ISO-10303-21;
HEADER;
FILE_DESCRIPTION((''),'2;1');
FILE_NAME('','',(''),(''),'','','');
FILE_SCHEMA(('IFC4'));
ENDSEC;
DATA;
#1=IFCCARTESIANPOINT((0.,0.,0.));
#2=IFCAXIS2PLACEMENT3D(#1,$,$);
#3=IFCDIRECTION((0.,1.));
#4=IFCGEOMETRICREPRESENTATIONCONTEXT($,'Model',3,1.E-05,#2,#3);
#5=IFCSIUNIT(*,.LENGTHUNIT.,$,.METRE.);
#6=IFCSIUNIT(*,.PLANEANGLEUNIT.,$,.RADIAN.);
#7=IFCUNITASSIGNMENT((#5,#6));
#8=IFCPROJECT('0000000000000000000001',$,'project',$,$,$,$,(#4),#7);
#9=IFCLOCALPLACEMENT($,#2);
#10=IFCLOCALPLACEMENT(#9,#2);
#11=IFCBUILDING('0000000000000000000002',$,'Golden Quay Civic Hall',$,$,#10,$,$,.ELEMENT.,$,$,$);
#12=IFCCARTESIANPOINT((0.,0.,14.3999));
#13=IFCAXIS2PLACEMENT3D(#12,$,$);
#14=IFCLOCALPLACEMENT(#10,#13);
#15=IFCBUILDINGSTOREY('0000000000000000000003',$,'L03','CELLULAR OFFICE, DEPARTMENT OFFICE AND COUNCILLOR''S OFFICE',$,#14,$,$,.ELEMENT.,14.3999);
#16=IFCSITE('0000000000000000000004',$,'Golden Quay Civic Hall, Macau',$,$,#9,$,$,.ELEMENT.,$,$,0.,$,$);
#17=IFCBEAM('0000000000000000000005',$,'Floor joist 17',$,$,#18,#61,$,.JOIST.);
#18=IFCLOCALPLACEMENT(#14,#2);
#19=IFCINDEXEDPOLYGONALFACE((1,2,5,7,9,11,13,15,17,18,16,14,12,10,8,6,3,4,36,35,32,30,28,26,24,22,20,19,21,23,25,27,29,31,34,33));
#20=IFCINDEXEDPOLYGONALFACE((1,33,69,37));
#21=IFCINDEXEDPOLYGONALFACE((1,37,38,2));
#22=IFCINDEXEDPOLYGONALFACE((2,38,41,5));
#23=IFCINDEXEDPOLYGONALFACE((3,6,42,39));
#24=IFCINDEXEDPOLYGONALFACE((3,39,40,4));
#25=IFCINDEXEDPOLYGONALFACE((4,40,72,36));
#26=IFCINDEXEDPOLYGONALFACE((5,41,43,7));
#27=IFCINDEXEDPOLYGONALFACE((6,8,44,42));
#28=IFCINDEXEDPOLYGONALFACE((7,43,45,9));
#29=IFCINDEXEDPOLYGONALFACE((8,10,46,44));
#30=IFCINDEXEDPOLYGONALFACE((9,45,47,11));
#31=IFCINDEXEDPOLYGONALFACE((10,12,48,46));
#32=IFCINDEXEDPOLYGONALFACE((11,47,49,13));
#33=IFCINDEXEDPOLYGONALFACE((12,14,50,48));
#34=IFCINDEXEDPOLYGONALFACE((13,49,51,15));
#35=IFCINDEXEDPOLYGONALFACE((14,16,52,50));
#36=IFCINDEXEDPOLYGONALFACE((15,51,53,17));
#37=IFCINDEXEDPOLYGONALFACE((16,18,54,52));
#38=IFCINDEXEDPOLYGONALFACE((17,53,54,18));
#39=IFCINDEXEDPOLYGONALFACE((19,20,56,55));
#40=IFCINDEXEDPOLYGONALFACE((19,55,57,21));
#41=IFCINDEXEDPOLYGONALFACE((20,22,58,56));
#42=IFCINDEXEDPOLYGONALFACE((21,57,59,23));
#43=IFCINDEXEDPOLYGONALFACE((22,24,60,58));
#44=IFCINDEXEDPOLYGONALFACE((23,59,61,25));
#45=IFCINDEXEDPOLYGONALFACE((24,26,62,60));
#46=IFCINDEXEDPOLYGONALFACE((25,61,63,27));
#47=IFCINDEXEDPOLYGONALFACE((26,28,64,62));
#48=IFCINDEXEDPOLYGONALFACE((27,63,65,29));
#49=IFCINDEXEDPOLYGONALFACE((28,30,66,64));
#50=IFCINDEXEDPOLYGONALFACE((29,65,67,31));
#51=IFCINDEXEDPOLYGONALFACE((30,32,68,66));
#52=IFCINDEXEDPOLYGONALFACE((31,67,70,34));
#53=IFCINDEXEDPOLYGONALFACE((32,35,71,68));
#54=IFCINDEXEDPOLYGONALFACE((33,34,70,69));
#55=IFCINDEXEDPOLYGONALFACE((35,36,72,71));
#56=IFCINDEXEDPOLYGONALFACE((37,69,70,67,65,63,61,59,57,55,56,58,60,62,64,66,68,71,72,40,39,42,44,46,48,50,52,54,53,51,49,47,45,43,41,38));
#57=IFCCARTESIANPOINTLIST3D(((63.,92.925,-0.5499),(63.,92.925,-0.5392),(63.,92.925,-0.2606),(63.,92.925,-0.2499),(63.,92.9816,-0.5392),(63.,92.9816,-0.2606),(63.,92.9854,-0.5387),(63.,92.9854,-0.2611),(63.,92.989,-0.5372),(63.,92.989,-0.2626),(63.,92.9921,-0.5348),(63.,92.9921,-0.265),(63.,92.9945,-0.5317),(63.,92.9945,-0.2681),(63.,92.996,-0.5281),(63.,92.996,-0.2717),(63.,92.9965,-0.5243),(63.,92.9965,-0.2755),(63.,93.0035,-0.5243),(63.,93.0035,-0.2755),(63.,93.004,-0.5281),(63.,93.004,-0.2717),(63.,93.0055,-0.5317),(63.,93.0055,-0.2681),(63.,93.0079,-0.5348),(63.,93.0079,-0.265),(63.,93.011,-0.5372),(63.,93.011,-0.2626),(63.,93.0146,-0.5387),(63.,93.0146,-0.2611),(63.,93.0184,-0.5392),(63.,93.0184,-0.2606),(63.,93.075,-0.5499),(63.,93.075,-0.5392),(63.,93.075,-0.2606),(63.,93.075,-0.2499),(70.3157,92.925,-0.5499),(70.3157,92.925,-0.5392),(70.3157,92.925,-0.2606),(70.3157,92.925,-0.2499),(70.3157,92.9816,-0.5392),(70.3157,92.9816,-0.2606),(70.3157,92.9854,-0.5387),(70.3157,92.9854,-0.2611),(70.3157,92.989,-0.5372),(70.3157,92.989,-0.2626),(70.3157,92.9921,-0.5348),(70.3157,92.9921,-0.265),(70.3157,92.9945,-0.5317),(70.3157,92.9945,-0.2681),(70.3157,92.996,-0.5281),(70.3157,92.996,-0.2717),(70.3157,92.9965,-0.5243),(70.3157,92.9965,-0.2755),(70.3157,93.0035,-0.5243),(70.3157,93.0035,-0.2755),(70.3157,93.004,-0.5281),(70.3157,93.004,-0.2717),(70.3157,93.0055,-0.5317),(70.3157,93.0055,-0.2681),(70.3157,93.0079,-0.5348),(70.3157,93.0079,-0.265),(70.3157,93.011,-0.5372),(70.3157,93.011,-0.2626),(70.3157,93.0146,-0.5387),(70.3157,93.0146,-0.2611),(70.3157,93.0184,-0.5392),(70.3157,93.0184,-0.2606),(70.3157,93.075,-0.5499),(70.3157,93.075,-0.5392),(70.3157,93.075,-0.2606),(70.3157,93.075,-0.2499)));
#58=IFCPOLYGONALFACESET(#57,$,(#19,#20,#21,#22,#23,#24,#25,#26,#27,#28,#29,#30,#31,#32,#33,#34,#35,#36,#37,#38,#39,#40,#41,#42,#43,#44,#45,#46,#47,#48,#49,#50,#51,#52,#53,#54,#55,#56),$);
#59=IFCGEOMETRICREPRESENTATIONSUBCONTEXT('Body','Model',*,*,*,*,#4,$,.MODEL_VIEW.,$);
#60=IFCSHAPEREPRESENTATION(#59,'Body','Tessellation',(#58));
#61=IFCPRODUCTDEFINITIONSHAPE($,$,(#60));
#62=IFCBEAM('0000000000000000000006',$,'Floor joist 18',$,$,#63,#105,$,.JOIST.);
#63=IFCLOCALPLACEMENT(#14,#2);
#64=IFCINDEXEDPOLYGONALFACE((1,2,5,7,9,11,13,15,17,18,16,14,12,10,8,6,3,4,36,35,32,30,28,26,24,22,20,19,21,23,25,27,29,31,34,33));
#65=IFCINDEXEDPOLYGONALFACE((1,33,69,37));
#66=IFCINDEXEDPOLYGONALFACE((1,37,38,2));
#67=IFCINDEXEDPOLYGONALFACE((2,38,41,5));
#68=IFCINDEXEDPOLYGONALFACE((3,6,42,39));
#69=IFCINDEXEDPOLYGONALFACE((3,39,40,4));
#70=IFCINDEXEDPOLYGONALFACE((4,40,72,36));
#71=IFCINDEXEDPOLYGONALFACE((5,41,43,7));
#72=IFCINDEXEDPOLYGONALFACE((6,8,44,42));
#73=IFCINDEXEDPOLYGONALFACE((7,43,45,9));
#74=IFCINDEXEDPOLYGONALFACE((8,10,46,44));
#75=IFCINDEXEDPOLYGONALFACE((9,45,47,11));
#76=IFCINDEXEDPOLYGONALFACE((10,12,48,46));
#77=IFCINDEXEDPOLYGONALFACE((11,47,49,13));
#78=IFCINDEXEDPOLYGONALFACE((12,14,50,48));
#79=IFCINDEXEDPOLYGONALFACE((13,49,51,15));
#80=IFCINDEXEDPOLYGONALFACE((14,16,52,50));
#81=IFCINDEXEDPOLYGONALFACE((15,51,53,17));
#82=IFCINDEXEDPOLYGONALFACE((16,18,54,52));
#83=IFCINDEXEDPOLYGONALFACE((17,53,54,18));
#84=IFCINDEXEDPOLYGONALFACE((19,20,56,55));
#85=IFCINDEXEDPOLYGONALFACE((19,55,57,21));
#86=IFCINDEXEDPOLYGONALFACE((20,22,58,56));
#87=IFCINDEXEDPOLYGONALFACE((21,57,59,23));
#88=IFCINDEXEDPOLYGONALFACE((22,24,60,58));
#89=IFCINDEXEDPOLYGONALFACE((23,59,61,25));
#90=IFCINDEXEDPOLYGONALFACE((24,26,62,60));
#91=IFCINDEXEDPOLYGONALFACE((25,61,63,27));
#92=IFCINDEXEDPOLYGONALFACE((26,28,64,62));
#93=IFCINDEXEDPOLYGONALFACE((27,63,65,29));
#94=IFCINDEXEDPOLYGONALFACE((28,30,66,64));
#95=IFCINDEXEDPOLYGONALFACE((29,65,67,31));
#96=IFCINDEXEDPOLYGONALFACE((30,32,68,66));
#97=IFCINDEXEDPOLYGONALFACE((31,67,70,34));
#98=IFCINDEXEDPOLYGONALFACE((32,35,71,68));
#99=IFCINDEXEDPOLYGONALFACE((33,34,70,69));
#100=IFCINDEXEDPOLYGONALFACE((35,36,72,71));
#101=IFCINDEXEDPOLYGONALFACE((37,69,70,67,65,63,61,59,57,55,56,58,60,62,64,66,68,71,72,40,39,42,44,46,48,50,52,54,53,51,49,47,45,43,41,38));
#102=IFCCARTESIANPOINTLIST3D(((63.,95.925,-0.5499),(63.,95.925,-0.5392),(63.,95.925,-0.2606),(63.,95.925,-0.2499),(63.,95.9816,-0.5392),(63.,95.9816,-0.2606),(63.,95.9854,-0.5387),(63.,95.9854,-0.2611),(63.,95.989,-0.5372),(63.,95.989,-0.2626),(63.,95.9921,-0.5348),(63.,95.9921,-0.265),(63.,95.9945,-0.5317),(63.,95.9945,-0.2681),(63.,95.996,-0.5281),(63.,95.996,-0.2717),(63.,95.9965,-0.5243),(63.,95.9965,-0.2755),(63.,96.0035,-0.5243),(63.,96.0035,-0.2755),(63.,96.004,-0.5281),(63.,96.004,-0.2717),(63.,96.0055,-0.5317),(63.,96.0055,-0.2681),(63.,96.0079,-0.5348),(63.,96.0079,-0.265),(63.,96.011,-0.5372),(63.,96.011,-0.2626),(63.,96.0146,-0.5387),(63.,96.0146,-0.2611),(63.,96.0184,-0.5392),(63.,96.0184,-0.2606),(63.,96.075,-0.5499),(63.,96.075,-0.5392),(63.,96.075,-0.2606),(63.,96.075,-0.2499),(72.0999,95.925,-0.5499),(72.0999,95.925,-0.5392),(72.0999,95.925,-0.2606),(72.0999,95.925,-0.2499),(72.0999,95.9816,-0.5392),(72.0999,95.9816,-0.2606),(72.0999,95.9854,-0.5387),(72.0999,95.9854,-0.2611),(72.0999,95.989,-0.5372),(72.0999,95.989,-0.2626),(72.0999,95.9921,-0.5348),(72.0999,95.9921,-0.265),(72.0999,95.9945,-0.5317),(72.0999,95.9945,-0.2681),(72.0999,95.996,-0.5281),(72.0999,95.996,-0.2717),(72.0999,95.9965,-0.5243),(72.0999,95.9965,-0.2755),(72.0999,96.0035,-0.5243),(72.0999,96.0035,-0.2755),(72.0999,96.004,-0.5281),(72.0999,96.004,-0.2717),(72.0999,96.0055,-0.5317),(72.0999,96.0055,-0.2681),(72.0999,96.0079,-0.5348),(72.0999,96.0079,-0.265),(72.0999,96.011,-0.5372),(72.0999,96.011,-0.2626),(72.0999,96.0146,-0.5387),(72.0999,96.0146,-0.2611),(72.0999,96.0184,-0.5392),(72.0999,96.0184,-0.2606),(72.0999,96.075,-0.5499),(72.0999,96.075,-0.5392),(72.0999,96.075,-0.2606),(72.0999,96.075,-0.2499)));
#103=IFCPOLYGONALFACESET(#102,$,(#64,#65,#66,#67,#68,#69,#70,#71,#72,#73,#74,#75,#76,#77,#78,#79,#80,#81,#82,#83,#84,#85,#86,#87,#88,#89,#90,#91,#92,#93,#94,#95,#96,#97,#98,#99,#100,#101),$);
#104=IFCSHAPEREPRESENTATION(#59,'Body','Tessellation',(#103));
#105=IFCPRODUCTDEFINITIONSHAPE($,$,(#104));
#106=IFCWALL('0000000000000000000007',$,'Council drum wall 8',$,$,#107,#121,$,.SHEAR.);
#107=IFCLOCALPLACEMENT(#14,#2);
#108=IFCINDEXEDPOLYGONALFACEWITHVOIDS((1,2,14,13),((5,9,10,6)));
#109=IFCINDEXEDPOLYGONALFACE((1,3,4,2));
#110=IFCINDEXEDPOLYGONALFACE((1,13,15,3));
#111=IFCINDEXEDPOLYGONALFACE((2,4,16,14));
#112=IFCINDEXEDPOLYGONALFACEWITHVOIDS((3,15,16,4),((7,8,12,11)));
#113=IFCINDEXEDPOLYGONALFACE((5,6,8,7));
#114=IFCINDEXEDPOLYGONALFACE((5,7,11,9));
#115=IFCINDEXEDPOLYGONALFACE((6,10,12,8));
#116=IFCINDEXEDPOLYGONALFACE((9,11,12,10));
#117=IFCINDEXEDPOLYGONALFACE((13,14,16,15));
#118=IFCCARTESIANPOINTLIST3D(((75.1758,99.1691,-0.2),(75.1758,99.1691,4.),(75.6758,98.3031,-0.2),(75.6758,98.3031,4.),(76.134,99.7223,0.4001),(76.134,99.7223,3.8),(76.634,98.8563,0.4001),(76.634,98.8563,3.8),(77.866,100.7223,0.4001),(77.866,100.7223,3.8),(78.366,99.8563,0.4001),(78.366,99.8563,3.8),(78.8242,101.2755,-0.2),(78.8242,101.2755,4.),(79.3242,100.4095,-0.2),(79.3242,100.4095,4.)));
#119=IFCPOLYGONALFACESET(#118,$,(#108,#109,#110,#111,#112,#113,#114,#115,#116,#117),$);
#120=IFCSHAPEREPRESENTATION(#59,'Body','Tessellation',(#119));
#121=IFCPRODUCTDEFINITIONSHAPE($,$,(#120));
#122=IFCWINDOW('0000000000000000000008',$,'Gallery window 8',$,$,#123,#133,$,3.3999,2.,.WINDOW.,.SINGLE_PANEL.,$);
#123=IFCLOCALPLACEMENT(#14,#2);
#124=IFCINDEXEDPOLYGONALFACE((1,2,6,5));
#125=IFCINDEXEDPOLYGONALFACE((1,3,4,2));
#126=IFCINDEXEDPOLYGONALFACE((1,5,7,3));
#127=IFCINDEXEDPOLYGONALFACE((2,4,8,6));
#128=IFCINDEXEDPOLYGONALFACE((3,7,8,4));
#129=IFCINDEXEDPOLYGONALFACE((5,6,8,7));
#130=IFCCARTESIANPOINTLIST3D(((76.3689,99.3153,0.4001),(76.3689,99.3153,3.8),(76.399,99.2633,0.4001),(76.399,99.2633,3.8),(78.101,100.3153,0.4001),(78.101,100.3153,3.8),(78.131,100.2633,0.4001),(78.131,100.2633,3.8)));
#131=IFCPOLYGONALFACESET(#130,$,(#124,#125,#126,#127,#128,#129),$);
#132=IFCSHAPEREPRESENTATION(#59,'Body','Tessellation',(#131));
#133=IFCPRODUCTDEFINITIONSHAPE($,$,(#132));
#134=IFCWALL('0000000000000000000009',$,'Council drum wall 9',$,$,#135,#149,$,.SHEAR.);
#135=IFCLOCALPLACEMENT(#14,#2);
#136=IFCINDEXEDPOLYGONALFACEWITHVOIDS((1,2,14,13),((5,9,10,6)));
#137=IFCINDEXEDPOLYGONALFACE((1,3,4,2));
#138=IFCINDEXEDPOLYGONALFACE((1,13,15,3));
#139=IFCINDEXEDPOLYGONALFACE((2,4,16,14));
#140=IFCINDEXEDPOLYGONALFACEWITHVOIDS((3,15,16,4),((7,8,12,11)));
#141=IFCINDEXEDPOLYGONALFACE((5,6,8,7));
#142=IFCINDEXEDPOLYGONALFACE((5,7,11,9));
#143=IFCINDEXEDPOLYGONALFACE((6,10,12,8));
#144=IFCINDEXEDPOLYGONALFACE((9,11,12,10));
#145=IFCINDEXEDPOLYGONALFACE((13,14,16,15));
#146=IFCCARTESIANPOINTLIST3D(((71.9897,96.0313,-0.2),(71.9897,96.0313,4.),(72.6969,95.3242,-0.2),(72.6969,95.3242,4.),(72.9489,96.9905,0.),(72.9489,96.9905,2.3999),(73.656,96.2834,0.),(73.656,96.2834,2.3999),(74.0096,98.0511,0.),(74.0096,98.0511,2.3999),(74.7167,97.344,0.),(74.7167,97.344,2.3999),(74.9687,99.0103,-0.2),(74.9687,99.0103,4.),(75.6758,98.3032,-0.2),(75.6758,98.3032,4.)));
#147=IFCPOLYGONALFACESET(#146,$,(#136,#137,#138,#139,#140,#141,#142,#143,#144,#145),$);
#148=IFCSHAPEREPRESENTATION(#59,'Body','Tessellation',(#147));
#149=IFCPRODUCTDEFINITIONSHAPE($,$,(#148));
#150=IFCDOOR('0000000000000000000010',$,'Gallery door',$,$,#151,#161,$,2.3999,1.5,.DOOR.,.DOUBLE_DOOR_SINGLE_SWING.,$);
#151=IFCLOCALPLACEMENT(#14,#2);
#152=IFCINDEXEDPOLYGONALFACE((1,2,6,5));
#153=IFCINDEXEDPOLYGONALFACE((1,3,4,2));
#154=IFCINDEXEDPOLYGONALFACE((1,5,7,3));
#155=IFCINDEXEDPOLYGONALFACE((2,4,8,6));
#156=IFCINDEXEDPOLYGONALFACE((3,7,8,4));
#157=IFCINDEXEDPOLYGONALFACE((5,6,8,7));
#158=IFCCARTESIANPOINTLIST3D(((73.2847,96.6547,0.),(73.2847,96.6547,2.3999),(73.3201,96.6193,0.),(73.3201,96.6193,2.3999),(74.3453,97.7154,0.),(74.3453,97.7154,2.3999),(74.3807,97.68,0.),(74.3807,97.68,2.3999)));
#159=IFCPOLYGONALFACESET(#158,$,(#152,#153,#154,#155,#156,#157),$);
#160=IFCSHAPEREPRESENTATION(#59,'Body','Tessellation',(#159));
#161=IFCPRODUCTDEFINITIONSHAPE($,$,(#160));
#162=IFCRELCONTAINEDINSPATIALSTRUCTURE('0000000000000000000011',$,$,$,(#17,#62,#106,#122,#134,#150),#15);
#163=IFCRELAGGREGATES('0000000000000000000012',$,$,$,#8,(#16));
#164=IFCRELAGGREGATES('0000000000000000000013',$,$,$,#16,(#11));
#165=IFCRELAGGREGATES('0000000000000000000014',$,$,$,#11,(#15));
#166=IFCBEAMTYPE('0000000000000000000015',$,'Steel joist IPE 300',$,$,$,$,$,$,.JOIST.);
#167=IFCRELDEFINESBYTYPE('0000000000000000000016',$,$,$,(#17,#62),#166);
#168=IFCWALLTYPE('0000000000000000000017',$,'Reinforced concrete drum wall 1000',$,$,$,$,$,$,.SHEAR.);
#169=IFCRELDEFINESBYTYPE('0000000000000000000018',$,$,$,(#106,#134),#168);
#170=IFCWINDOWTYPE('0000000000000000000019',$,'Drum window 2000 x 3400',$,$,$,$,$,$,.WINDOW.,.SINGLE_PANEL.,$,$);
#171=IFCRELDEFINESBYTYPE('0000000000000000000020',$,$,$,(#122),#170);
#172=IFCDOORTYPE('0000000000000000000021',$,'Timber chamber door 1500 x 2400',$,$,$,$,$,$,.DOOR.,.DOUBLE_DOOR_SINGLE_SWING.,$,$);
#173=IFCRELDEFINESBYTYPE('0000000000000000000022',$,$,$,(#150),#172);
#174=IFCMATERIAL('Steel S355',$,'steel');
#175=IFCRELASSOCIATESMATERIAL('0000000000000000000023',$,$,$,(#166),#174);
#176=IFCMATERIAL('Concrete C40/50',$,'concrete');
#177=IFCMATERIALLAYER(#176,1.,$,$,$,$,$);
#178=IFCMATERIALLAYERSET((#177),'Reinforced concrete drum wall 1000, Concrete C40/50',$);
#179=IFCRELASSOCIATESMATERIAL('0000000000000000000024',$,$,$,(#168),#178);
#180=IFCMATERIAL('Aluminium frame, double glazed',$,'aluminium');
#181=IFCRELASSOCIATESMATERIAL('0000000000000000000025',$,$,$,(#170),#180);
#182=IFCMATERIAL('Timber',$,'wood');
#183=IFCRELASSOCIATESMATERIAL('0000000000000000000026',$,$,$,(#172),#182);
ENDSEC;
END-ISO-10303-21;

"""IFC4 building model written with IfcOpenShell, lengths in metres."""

from ifc_helpers import new_model, si_unit, direction, frame, frame_2d, origin, origin_2d, place, context, subcontext, project, spatial, rectangle, i_section, extrude, material, layer, layer_set, material_profile, profile_set, type_object, element, fill, save


model = new_model("IFC4")

# Units and contexts
model_context = context("Model", 3, precision=1e-05, world=origin(), true_north=direction((0.0, 1.0)))
body_context = subcontext(model_context, "Body", "Model", "MODEL_VIEW")
ifc_project = project(units=[si_unit("LENGTHUNIT", "METRE"), si_unit("PLANEANGLEUNIT", "RADIAN")], contexts=[model_context])

# Site, building, storey
site_placement = place(None, origin())
site = spatial("IfcSite", under=ifc_project, at=site_placement, Name="Golden Quay Civic Hall, Macau", CompositionType="ELEMENT", RefElevation=0.0)
building_placement = place(site_placement, origin())
building = spatial("IfcBuilding", under=site, at=building_placement, Name="Golden Quay Civic Hall", CompositionType="ELEMENT")
storey_placement = place(building_placement, frame((0.0, 0.0, 14.3999)))
storey = spatial("IfcBuildingStorey", under=building, at=storey_placement, Name="L03", Description="CELLULAR OFFICE, DEPARTMENT OFFICE AND COUNCILLOR'S OFFICE", CompositionType="ELEMENT", Elevation=14.3999)

# Beams
ifc_material_1 = material(Name="Steel S355", Category="steel")
ifc_material_profile_1 = material_profile(ifc_material_1, i_section(OverallWidth=0.1499, OverallDepth=0.3, WebThickness=0.0071, FlangeThickness=0.0107, FilletRadius=0.0149, at=origin_2d()), Name="IPE 300")
ifc_profile_set_1 = profile_set([ifc_material_profile_1], Name="Steel S355")
beam_type_1 = type_object("IfcBeamType", Name="Steel joist IPE 300", PredefinedType="JOIST", material=ifc_profile_set_1)
beam_1_placement = place(storey_placement, frame((63.0, 93.0, -0.3999), z_axis=(1.0, 0.0, 0.0), x_axis=(0.0, 1.0, 0.0)))
element("IfcBeam", 1, at=beam_1_placement, inside=storey, type_object=beam_type_1, Name="Floor joist 17", PredefinedType="JOIST", context=body_context, shape_type="SweptSolid", body=[
    extrude(i_section(OverallWidth=0.1499, OverallDepth=0.3, WebThickness=0.0071, FlangeThickness=0.0107, FilletRadius=0.0149, at=origin_2d()), origin(), (0.0, 0.0, 1.0), 7.3157),
])
beam_2_placement = place(storey_placement, frame((63.0, 96.0, -0.3999), z_axis=(1.0, 0.0, 0.0), x_axis=(0.0, 1.0, 0.0)))
element("IfcBeam", 2, at=beam_2_placement, inside=storey, type_object=beam_type_1, Name="Floor joist 18", PredefinedType="JOIST", context=body_context, shape_type="SweptSolid", body=[
    extrude(i_section(OverallWidth=0.1499, OverallDepth=0.3, WebThickness=0.0071, FlangeThickness=0.0107, FilletRadius=0.0149, at=origin_2d()), origin(), (0.0, 0.0, 1.0), 9.0999),
])

# Wall, opening, window
ifc_material_2 = material(Name="Concrete C40/50", Category="concrete")
ifc_layer_1 = layer(ifc_material_2, 1.0)
ifc_layer_set_1 = layer_set([ifc_layer_1], Name="Reinforced concrete drum wall 1000, Concrete C40/50")
wall_type_1 = type_object("IfcWallType", Name="Reinforced concrete drum wall 1000", PredefinedType="SHEAR", material=ifc_layer_set_1)
wall_1_placement = place(storey_placement, frame((79.0742, 100.8425, -0.2), z_axis=(0.0, 0.0, 1.0), x_axis=(-0.866023, -0.500003, 0.0)))
wall_1 = element("IfcWall", 3, at=wall_1_placement, inside=storey, type_object=wall_type_1, Name="Council drum wall 8", PredefinedType="SHEAR", context=body_context, shape_type="SweptSolid", body=[
    extrude(rectangle(XDim=4.2129, YDim=1.0, at=frame_2d((2.1064, 0.0))), origin(), (0.0, 0.0, 1.0), 4.2),
])
opening_1_placement = place(wall_1_placement, frame((1.1064, 0.0, 0.6001)))
opening_1 = element("IfcOpeningElement", 4, at=opening_1_placement, cuts=wall_1, PredefinedType="OPENING", context=body_context, shape_type="SweptSolid", body=[
    extrude(rectangle(XDim=2.0, YDim=3.3999, at=frame_2d((1.0, 1.7))), frame((0.0, 0.51, 0.0), z_axis=(0.0, -1.0, 0.0), x_axis=(1.0, 0.0, 0.0)), (0.0, 0.0, 1.0), 1.02),
])
ifc_material_3 = material(Name="Aluminium frame, double glazed", Category="aluminium")
window_type = type_object("IfcWindowType", Name="Drum window 2000 x 3400", PartitioningType="SINGLE_PANEL", PredefinedType="WINDOW", material=ifc_material_3)
window_1_placement = place(opening_1_placement, origin())
window_1 = element("IfcWindow", 5, at=window_1_placement, inside=storey, type_object=window_type, Name="Gallery window 8", OverallHeight=3.3999, OverallWidth=2.0, PartitioningType="SINGLE_PANEL", PredefinedType="WINDOW", context=body_context, shape_type="SweptSolid", body=[
    extrude(rectangle(XDim=2.0, YDim=3.3999, at=frame_2d((1.0, 1.7))), frame((0.0, 0.03, 0.0), z_axis=(0.0, -1.0, 0.0), x_axis=(1.0, 0.0, 0.0)), (0.0, 0.0, 1.0), 0.0601),
])
fill(opening_1, window_1)

# Wall, opening, door
wall_2_placement = place(storey_placement, frame((75.3223, 98.6567, -0.2), z_axis=(0.0, 0.0, 1.0), x_axis=(-0.707107, -0.707107, 0.0)))
wall_2 = element("IfcWall", 6, at=wall_2_placement, inside=storey, type_object=wall_type_1, Name="Council drum wall 9", PredefinedType="SHEAR", context=body_context, shape_type="SweptSolid", body=[
    extrude(rectangle(XDim=4.2129, YDim=1.0, at=frame_2d((2.1064, 0.0))), origin(), (0.0, 0.0, 1.0), 4.2),
])
opening_2_placement = place(wall_2_placement, frame((1.3564, 0.0, 0.2)))
opening_2 = element("IfcOpeningElement", 7, at=opening_2_placement, cuts=wall_2, PredefinedType="OPENING", context=body_context, shape_type="SweptSolid", body=[
    extrude(rectangle(XDim=1.5, YDim=2.3999, at=frame_2d((0.75, 1.2))), frame((0.0, 0.51, 0.0), z_axis=(0.0, -1.0, 0.0), x_axis=(1.0, 0.0, 0.0)), (0.0, 0.0, 1.0), 1.02),
])
ifc_material_4 = material(Name="Timber", Category="wood")
door_type_1 = type_object("IfcDoorType", Name="Timber chamber door 1500 x 2400", OperationType="DOUBLE_DOOR_SINGLE_SWING", PredefinedType="DOOR", material=ifc_material_4)
door_1_placement = place(opening_2_placement, frame((1.5, 0.0, 0.0), z_axis=(0.0, 0.0, 1.0), x_axis=(-1.0, 0.0, 0.0)))
door_1 = element("IfcDoor", 8, at=door_1_placement, inside=storey, type_object=door_type_1, Name="Gallery door", OperationType="DOUBLE_DOOR_SINGLE_SWING", OverallHeight=2.3999, OverallWidth=1.5, PredefinedType="DOOR", context=body_context, shape_type="SweptSolid", body=[
    extrude(rectangle(XDim=1.5, YDim=2.3999, at=frame_2d((0.75, 1.2))), frame((0.0, 0.0251, 0.0), z_axis=(0.0, -1.0, 0.0), x_axis=(1.0, 0.0, 0.0)), (0.0, 0.0, 1.0), 0.05),
])
fill(opening_2, door_1)

save(model, "model.ifc")
